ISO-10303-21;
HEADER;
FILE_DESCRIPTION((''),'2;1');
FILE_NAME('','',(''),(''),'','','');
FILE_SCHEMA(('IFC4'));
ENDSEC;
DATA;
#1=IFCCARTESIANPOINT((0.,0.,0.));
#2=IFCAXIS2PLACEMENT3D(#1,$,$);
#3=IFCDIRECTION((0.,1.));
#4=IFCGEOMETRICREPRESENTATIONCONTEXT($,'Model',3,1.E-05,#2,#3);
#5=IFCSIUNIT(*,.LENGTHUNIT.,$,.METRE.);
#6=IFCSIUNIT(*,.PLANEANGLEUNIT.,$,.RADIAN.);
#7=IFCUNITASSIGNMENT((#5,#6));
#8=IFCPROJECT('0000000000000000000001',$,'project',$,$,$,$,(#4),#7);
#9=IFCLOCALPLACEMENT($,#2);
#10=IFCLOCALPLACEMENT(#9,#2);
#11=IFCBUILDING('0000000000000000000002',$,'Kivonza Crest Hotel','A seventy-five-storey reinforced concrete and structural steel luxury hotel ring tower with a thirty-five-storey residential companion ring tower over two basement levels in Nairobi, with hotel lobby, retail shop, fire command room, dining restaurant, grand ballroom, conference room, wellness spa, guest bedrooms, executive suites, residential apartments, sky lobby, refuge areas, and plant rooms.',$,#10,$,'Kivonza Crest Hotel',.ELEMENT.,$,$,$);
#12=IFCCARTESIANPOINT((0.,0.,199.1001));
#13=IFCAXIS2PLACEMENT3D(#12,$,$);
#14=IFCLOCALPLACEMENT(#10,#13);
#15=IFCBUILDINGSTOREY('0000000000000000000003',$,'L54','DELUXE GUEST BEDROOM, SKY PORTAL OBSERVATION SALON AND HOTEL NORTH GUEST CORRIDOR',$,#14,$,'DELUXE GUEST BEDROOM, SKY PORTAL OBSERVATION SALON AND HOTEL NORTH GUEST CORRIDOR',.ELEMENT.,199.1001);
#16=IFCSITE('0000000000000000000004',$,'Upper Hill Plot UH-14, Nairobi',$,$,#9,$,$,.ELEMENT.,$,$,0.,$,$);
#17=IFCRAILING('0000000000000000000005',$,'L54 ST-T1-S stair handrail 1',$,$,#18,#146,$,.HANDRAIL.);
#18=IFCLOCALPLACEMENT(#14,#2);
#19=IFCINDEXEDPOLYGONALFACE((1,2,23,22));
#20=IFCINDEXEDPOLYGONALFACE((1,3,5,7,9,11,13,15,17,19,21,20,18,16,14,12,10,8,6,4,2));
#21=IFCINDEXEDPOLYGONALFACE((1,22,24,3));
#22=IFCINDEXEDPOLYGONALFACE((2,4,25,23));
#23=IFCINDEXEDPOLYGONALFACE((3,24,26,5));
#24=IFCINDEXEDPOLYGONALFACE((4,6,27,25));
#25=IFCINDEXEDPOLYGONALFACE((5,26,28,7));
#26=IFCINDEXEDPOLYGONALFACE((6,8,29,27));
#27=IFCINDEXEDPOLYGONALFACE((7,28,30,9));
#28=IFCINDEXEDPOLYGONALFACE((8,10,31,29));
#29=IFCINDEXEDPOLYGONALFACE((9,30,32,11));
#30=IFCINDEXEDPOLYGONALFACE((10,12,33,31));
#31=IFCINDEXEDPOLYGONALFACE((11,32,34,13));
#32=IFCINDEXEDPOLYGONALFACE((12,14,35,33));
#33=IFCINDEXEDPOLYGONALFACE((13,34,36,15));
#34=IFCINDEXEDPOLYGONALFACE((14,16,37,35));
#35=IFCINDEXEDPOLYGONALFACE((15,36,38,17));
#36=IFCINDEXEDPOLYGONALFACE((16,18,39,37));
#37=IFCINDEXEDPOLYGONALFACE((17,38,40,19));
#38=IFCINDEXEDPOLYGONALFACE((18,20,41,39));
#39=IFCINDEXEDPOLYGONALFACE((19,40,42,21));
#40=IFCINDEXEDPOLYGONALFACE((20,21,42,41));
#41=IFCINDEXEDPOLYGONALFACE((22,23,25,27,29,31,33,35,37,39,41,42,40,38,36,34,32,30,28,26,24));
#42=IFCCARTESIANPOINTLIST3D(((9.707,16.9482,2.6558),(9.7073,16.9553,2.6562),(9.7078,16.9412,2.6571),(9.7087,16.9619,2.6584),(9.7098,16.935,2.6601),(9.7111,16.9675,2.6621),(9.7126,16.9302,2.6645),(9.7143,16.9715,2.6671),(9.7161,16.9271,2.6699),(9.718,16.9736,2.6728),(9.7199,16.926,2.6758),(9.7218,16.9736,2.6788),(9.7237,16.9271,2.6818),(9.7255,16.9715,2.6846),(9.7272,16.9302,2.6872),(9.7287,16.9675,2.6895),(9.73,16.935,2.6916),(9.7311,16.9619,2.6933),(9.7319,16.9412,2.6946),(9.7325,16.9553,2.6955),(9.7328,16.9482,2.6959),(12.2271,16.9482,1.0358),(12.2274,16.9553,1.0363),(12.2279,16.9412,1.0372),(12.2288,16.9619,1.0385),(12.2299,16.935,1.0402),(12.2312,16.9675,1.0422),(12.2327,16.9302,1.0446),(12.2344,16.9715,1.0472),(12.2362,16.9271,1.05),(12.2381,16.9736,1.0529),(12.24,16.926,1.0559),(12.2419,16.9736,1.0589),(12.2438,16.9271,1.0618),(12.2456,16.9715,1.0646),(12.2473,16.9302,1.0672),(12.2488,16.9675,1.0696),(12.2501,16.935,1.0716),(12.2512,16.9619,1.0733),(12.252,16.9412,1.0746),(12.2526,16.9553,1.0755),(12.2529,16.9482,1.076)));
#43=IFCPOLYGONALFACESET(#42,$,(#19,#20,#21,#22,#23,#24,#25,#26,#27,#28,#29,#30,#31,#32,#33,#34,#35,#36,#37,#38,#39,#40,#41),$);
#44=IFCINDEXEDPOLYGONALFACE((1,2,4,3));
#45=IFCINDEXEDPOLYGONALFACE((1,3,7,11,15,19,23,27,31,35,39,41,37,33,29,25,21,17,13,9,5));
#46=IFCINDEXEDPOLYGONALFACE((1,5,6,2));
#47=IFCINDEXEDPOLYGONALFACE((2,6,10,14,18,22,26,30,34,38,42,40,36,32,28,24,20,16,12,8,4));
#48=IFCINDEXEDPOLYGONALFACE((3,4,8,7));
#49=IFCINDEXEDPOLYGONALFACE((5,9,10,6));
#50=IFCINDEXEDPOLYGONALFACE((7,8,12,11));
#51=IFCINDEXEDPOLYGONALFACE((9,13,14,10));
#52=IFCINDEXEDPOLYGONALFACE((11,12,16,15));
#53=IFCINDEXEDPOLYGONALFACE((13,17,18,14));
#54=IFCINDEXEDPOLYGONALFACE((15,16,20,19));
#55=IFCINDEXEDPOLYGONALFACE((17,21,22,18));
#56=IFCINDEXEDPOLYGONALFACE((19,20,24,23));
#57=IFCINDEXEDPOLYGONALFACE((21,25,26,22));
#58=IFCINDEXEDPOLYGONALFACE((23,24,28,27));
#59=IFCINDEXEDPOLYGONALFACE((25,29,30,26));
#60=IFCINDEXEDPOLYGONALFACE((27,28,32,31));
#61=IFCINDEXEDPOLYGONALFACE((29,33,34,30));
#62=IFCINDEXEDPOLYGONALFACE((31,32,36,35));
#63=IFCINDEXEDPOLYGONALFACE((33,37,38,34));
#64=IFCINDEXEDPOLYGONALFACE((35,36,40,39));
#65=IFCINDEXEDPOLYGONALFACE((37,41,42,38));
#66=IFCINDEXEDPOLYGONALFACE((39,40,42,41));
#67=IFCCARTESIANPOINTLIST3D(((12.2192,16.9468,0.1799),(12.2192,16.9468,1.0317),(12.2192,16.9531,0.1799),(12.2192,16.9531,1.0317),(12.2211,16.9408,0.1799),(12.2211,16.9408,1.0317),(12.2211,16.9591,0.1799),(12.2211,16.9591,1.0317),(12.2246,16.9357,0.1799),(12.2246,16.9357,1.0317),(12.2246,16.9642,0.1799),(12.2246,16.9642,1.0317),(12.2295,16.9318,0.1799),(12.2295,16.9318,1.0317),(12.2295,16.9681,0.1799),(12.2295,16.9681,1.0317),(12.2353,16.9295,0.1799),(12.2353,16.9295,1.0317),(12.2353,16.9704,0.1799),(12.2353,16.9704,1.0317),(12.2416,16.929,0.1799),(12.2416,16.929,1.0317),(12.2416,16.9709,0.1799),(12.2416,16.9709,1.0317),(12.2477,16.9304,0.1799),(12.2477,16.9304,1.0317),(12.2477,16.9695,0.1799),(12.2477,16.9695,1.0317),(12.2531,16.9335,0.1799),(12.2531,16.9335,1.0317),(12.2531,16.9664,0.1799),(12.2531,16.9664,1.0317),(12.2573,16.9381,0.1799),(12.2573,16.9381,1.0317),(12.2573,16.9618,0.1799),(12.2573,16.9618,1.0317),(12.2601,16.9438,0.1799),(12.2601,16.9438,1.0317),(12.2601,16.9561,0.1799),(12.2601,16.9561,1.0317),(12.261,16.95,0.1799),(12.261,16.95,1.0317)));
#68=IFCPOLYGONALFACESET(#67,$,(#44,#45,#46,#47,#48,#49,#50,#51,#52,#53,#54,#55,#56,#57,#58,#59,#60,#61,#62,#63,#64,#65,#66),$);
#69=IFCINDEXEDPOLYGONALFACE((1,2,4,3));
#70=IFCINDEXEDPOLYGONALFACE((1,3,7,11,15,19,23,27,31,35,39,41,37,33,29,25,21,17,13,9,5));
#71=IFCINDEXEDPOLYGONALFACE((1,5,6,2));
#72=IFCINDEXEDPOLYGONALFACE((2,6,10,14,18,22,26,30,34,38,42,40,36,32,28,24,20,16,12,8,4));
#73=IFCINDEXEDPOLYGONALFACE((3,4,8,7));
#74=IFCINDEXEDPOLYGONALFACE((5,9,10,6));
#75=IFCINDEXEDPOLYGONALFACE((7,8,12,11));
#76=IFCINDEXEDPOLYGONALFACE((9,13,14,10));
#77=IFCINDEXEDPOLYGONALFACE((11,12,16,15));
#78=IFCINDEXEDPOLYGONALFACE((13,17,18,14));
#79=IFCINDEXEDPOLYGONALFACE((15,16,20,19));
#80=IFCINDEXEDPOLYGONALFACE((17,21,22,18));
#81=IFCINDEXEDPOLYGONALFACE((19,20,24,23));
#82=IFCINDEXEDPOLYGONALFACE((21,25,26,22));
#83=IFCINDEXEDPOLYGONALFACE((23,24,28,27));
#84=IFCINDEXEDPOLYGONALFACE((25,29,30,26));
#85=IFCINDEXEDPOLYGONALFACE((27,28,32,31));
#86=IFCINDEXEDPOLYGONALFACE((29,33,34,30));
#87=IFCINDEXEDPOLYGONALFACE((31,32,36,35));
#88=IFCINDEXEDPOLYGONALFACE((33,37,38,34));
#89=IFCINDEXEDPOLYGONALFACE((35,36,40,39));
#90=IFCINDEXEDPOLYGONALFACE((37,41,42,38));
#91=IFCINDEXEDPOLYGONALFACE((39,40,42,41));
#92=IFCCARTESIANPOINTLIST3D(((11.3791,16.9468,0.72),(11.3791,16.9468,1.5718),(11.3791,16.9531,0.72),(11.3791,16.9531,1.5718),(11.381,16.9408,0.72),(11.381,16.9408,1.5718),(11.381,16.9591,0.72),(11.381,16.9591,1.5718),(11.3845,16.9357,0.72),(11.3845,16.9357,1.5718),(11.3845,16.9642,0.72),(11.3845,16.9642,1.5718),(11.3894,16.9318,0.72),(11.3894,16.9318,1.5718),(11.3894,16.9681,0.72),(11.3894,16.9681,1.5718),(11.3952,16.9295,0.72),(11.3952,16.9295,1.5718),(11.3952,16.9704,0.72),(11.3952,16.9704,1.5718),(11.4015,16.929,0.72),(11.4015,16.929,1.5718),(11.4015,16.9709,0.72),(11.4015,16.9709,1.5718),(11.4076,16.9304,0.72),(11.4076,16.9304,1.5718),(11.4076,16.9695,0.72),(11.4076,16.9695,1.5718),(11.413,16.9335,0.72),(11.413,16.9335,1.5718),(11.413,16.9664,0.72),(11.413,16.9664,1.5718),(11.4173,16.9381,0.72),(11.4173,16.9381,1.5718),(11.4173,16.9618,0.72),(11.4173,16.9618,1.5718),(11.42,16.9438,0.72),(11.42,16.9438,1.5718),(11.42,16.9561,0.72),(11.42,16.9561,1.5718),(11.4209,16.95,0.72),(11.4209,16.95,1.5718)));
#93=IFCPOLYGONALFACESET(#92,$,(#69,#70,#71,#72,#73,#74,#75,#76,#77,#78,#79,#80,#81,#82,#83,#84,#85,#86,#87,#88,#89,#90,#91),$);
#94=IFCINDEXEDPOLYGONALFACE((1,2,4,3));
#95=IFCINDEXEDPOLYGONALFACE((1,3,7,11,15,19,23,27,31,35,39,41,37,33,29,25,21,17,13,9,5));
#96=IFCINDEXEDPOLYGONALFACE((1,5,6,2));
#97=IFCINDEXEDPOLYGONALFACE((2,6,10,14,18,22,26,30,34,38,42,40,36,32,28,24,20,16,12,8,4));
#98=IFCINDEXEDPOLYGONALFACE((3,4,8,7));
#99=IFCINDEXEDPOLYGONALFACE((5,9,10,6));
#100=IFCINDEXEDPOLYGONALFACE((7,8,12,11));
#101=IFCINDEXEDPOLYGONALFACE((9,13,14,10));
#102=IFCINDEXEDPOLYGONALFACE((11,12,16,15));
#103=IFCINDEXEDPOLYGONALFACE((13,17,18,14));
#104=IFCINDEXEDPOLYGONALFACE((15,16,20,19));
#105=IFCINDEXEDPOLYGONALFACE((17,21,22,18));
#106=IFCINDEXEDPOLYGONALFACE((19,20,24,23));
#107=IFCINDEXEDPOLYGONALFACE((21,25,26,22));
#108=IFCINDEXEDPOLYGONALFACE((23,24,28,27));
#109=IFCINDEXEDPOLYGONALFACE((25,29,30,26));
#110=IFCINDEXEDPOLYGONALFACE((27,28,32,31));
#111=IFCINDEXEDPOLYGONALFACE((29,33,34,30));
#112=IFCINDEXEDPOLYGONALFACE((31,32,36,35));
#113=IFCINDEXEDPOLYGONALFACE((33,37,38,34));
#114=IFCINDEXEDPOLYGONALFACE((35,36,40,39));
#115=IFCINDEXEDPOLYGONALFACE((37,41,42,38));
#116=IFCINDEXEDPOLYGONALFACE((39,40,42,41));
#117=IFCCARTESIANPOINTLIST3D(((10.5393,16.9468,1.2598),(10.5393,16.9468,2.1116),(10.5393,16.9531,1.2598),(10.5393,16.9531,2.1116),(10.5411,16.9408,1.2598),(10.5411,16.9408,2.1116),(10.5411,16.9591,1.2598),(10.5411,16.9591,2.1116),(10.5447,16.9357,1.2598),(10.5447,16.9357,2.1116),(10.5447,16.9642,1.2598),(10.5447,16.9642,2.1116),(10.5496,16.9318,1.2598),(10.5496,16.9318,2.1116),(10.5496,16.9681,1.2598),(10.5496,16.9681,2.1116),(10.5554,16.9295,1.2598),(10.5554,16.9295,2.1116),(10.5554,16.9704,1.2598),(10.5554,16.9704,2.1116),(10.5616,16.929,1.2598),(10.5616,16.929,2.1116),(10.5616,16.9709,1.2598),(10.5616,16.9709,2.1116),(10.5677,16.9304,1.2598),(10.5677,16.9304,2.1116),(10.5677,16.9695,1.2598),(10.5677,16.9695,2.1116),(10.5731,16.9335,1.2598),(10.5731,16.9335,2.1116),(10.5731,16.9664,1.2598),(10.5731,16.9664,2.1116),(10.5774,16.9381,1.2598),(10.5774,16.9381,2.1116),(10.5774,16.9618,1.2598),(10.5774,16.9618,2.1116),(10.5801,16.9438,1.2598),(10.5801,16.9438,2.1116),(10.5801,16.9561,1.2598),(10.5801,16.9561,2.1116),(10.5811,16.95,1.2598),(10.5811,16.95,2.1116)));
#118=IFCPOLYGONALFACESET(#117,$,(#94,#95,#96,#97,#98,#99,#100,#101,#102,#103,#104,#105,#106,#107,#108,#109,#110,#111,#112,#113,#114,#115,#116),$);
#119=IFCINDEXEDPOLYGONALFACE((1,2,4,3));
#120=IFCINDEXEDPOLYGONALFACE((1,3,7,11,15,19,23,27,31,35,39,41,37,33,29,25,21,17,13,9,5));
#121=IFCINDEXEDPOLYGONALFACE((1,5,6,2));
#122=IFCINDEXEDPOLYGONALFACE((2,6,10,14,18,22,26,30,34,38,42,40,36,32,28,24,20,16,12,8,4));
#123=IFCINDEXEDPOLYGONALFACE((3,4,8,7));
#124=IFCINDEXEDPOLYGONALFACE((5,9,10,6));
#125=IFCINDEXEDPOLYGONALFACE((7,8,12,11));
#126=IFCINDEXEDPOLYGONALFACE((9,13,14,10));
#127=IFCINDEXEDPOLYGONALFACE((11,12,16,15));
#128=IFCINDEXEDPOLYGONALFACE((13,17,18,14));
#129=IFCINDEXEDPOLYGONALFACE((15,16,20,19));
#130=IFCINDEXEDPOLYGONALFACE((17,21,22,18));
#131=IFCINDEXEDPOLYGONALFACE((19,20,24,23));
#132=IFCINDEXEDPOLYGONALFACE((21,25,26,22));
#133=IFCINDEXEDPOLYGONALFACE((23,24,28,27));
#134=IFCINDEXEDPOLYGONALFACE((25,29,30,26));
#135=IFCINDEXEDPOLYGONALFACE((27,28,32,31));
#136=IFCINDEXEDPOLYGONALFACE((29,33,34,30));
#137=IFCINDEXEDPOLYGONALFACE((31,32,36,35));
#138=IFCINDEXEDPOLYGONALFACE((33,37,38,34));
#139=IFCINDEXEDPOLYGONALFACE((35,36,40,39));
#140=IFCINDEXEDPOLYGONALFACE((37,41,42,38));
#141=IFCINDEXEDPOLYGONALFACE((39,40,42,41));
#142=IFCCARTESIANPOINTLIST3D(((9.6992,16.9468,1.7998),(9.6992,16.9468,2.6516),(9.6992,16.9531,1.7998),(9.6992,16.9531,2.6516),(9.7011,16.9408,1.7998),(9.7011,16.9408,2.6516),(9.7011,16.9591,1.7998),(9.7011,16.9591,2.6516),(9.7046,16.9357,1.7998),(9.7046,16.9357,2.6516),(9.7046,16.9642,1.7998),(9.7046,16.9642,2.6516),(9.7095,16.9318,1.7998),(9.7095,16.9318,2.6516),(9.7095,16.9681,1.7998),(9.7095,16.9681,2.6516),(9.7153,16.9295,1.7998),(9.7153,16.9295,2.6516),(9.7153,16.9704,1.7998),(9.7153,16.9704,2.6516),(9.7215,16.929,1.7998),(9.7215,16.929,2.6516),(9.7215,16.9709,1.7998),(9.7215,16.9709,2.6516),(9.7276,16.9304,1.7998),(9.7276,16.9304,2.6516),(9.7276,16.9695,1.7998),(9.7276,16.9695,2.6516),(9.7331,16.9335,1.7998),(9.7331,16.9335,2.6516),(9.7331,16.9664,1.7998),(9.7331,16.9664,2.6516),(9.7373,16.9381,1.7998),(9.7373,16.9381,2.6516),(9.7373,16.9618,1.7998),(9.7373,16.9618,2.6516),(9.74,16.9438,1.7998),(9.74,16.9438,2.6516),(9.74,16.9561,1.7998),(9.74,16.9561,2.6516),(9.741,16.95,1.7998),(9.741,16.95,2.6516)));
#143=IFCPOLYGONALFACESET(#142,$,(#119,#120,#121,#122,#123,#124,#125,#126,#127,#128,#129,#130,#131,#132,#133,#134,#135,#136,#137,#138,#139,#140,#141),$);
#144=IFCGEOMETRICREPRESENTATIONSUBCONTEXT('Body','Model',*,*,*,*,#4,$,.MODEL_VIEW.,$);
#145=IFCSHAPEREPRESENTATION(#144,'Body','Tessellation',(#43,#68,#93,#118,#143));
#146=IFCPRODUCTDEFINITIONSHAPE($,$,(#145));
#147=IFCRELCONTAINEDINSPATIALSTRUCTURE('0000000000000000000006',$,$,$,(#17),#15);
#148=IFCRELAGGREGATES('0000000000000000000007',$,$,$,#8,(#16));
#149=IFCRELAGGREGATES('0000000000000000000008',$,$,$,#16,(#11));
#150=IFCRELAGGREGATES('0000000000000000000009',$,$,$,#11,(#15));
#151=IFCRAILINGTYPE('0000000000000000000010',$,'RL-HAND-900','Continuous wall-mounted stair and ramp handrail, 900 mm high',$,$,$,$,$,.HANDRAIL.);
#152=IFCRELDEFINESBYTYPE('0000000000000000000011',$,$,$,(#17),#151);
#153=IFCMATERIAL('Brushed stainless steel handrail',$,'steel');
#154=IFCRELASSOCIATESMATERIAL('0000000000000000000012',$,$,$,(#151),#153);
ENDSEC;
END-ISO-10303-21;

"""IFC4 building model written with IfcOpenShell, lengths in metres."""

from ifc_helpers import new_model, si_unit, direction, frame, origin, origin_2d, place, context, subcontext, project, spatial, circle, extrude, material, type_object, element, save


model = new_model("IFC4")

# Units and contexts
model_context = context("Model", 3, precision=1e-05, world=origin(), true_north=direction((0.0, 1.0)))
body_context = subcontext(model_context, "Body", "Model", "MODEL_VIEW")
ifc_project = project(units=[si_unit("LENGTHUNIT", "METRE"), si_unit("PLANEANGLEUNIT", "RADIAN")], contexts=[model_context])

# Site, building, storey
site_placement = place(None, origin())
site = spatial("IfcSite", under=ifc_project, at=site_placement, Name="Upper Hill Plot UH-14, Nairobi", CompositionType="ELEMENT", RefElevation=0.0)
building_placement = place(site_placement, origin())
building = spatial("IfcBuilding", under=site, at=building_placement, Name="Kivonza Crest Hotel", Description="A seventy-five-storey reinforced concrete and structural steel luxury hotel ring tower with a thirty-five-storey residential companion ring tower over two basement levels in Nairobi, with hotel lobby, retail shop, fire command room, dining restaurant, grand ballroom, conference room, wellness spa, guest bedrooms, executive suites, residential apartments, sky lobby, refuge areas, and plant rooms.", LongName="Kivonza Crest Hotel", CompositionType="ELEMENT")
storey_placement = place(building_placement, frame((0.0, 0.0, 199.1001)))
storey = spatial("IfcBuildingStorey", under=building, at=storey_placement, Name="L54", Description="DELUXE GUEST BEDROOM, SKY PORTAL OBSERVATION SALON AND HOTEL NORTH GUEST CORRIDOR", LongName="DELUXE GUEST BEDROOM, SKY PORTAL OBSERVATION SALON AND HOTEL NORTH GUEST CORRIDOR", CompositionType="ELEMENT", Elevation=199.1001)

# Railing
ifc_material_1 = material(Name="Brushed stainless steel handrail", Category="steel")
railing_type_1 = type_object("IfcRailingType", Name="RL-HAND-900", Description="Continuous wall-mounted stair and ramp handrail, 900 mm high", PredefinedType="HANDRAIL", material=ifc_material_1)
railing_1_placement = place(storey_placement, frame((12.24, 16.95, 0.1799)))
element("IfcRailing", 1, at=railing_1_placement, inside=storey, type_object=railing_type_1, Name="L54 ST-T1-S stair handrail 1", PredefinedType="HANDRAIL", context=body_context, shape_type="SweptSolid", body=[
    extrude(circle(Radius=0.0239, at=origin_2d()), frame((0.0, 0.0, 0.876), z_axis=(-0.8412, 0.0, 0.540725), x_axis=(0.0, -1.0, 0.0)), (0.0, 0.0, 1.0), 2.9958),
    extrude(circle(Radius=0.021, at=origin_2d()), origin(), (0.0, 0.0, 1.0), 0.8518),
    extrude(circle(Radius=0.021, at=origin_2d()), frame((-0.8401, 0.0, 0.54)), (0.0, 0.0, 1.0), 0.8518),
    extrude(circle(Radius=0.021, at=origin_2d()), frame((-1.6799, 0.0, 1.0798)), (0.0, 0.0, 1.0), 0.8518),
    extrude(circle(Radius=0.021, at=origin_2d()), frame((-2.52, 0.0, 1.6199)), (0.0, 0.0, 1.0), 0.8518),
])

save(model, "model.ifc")
